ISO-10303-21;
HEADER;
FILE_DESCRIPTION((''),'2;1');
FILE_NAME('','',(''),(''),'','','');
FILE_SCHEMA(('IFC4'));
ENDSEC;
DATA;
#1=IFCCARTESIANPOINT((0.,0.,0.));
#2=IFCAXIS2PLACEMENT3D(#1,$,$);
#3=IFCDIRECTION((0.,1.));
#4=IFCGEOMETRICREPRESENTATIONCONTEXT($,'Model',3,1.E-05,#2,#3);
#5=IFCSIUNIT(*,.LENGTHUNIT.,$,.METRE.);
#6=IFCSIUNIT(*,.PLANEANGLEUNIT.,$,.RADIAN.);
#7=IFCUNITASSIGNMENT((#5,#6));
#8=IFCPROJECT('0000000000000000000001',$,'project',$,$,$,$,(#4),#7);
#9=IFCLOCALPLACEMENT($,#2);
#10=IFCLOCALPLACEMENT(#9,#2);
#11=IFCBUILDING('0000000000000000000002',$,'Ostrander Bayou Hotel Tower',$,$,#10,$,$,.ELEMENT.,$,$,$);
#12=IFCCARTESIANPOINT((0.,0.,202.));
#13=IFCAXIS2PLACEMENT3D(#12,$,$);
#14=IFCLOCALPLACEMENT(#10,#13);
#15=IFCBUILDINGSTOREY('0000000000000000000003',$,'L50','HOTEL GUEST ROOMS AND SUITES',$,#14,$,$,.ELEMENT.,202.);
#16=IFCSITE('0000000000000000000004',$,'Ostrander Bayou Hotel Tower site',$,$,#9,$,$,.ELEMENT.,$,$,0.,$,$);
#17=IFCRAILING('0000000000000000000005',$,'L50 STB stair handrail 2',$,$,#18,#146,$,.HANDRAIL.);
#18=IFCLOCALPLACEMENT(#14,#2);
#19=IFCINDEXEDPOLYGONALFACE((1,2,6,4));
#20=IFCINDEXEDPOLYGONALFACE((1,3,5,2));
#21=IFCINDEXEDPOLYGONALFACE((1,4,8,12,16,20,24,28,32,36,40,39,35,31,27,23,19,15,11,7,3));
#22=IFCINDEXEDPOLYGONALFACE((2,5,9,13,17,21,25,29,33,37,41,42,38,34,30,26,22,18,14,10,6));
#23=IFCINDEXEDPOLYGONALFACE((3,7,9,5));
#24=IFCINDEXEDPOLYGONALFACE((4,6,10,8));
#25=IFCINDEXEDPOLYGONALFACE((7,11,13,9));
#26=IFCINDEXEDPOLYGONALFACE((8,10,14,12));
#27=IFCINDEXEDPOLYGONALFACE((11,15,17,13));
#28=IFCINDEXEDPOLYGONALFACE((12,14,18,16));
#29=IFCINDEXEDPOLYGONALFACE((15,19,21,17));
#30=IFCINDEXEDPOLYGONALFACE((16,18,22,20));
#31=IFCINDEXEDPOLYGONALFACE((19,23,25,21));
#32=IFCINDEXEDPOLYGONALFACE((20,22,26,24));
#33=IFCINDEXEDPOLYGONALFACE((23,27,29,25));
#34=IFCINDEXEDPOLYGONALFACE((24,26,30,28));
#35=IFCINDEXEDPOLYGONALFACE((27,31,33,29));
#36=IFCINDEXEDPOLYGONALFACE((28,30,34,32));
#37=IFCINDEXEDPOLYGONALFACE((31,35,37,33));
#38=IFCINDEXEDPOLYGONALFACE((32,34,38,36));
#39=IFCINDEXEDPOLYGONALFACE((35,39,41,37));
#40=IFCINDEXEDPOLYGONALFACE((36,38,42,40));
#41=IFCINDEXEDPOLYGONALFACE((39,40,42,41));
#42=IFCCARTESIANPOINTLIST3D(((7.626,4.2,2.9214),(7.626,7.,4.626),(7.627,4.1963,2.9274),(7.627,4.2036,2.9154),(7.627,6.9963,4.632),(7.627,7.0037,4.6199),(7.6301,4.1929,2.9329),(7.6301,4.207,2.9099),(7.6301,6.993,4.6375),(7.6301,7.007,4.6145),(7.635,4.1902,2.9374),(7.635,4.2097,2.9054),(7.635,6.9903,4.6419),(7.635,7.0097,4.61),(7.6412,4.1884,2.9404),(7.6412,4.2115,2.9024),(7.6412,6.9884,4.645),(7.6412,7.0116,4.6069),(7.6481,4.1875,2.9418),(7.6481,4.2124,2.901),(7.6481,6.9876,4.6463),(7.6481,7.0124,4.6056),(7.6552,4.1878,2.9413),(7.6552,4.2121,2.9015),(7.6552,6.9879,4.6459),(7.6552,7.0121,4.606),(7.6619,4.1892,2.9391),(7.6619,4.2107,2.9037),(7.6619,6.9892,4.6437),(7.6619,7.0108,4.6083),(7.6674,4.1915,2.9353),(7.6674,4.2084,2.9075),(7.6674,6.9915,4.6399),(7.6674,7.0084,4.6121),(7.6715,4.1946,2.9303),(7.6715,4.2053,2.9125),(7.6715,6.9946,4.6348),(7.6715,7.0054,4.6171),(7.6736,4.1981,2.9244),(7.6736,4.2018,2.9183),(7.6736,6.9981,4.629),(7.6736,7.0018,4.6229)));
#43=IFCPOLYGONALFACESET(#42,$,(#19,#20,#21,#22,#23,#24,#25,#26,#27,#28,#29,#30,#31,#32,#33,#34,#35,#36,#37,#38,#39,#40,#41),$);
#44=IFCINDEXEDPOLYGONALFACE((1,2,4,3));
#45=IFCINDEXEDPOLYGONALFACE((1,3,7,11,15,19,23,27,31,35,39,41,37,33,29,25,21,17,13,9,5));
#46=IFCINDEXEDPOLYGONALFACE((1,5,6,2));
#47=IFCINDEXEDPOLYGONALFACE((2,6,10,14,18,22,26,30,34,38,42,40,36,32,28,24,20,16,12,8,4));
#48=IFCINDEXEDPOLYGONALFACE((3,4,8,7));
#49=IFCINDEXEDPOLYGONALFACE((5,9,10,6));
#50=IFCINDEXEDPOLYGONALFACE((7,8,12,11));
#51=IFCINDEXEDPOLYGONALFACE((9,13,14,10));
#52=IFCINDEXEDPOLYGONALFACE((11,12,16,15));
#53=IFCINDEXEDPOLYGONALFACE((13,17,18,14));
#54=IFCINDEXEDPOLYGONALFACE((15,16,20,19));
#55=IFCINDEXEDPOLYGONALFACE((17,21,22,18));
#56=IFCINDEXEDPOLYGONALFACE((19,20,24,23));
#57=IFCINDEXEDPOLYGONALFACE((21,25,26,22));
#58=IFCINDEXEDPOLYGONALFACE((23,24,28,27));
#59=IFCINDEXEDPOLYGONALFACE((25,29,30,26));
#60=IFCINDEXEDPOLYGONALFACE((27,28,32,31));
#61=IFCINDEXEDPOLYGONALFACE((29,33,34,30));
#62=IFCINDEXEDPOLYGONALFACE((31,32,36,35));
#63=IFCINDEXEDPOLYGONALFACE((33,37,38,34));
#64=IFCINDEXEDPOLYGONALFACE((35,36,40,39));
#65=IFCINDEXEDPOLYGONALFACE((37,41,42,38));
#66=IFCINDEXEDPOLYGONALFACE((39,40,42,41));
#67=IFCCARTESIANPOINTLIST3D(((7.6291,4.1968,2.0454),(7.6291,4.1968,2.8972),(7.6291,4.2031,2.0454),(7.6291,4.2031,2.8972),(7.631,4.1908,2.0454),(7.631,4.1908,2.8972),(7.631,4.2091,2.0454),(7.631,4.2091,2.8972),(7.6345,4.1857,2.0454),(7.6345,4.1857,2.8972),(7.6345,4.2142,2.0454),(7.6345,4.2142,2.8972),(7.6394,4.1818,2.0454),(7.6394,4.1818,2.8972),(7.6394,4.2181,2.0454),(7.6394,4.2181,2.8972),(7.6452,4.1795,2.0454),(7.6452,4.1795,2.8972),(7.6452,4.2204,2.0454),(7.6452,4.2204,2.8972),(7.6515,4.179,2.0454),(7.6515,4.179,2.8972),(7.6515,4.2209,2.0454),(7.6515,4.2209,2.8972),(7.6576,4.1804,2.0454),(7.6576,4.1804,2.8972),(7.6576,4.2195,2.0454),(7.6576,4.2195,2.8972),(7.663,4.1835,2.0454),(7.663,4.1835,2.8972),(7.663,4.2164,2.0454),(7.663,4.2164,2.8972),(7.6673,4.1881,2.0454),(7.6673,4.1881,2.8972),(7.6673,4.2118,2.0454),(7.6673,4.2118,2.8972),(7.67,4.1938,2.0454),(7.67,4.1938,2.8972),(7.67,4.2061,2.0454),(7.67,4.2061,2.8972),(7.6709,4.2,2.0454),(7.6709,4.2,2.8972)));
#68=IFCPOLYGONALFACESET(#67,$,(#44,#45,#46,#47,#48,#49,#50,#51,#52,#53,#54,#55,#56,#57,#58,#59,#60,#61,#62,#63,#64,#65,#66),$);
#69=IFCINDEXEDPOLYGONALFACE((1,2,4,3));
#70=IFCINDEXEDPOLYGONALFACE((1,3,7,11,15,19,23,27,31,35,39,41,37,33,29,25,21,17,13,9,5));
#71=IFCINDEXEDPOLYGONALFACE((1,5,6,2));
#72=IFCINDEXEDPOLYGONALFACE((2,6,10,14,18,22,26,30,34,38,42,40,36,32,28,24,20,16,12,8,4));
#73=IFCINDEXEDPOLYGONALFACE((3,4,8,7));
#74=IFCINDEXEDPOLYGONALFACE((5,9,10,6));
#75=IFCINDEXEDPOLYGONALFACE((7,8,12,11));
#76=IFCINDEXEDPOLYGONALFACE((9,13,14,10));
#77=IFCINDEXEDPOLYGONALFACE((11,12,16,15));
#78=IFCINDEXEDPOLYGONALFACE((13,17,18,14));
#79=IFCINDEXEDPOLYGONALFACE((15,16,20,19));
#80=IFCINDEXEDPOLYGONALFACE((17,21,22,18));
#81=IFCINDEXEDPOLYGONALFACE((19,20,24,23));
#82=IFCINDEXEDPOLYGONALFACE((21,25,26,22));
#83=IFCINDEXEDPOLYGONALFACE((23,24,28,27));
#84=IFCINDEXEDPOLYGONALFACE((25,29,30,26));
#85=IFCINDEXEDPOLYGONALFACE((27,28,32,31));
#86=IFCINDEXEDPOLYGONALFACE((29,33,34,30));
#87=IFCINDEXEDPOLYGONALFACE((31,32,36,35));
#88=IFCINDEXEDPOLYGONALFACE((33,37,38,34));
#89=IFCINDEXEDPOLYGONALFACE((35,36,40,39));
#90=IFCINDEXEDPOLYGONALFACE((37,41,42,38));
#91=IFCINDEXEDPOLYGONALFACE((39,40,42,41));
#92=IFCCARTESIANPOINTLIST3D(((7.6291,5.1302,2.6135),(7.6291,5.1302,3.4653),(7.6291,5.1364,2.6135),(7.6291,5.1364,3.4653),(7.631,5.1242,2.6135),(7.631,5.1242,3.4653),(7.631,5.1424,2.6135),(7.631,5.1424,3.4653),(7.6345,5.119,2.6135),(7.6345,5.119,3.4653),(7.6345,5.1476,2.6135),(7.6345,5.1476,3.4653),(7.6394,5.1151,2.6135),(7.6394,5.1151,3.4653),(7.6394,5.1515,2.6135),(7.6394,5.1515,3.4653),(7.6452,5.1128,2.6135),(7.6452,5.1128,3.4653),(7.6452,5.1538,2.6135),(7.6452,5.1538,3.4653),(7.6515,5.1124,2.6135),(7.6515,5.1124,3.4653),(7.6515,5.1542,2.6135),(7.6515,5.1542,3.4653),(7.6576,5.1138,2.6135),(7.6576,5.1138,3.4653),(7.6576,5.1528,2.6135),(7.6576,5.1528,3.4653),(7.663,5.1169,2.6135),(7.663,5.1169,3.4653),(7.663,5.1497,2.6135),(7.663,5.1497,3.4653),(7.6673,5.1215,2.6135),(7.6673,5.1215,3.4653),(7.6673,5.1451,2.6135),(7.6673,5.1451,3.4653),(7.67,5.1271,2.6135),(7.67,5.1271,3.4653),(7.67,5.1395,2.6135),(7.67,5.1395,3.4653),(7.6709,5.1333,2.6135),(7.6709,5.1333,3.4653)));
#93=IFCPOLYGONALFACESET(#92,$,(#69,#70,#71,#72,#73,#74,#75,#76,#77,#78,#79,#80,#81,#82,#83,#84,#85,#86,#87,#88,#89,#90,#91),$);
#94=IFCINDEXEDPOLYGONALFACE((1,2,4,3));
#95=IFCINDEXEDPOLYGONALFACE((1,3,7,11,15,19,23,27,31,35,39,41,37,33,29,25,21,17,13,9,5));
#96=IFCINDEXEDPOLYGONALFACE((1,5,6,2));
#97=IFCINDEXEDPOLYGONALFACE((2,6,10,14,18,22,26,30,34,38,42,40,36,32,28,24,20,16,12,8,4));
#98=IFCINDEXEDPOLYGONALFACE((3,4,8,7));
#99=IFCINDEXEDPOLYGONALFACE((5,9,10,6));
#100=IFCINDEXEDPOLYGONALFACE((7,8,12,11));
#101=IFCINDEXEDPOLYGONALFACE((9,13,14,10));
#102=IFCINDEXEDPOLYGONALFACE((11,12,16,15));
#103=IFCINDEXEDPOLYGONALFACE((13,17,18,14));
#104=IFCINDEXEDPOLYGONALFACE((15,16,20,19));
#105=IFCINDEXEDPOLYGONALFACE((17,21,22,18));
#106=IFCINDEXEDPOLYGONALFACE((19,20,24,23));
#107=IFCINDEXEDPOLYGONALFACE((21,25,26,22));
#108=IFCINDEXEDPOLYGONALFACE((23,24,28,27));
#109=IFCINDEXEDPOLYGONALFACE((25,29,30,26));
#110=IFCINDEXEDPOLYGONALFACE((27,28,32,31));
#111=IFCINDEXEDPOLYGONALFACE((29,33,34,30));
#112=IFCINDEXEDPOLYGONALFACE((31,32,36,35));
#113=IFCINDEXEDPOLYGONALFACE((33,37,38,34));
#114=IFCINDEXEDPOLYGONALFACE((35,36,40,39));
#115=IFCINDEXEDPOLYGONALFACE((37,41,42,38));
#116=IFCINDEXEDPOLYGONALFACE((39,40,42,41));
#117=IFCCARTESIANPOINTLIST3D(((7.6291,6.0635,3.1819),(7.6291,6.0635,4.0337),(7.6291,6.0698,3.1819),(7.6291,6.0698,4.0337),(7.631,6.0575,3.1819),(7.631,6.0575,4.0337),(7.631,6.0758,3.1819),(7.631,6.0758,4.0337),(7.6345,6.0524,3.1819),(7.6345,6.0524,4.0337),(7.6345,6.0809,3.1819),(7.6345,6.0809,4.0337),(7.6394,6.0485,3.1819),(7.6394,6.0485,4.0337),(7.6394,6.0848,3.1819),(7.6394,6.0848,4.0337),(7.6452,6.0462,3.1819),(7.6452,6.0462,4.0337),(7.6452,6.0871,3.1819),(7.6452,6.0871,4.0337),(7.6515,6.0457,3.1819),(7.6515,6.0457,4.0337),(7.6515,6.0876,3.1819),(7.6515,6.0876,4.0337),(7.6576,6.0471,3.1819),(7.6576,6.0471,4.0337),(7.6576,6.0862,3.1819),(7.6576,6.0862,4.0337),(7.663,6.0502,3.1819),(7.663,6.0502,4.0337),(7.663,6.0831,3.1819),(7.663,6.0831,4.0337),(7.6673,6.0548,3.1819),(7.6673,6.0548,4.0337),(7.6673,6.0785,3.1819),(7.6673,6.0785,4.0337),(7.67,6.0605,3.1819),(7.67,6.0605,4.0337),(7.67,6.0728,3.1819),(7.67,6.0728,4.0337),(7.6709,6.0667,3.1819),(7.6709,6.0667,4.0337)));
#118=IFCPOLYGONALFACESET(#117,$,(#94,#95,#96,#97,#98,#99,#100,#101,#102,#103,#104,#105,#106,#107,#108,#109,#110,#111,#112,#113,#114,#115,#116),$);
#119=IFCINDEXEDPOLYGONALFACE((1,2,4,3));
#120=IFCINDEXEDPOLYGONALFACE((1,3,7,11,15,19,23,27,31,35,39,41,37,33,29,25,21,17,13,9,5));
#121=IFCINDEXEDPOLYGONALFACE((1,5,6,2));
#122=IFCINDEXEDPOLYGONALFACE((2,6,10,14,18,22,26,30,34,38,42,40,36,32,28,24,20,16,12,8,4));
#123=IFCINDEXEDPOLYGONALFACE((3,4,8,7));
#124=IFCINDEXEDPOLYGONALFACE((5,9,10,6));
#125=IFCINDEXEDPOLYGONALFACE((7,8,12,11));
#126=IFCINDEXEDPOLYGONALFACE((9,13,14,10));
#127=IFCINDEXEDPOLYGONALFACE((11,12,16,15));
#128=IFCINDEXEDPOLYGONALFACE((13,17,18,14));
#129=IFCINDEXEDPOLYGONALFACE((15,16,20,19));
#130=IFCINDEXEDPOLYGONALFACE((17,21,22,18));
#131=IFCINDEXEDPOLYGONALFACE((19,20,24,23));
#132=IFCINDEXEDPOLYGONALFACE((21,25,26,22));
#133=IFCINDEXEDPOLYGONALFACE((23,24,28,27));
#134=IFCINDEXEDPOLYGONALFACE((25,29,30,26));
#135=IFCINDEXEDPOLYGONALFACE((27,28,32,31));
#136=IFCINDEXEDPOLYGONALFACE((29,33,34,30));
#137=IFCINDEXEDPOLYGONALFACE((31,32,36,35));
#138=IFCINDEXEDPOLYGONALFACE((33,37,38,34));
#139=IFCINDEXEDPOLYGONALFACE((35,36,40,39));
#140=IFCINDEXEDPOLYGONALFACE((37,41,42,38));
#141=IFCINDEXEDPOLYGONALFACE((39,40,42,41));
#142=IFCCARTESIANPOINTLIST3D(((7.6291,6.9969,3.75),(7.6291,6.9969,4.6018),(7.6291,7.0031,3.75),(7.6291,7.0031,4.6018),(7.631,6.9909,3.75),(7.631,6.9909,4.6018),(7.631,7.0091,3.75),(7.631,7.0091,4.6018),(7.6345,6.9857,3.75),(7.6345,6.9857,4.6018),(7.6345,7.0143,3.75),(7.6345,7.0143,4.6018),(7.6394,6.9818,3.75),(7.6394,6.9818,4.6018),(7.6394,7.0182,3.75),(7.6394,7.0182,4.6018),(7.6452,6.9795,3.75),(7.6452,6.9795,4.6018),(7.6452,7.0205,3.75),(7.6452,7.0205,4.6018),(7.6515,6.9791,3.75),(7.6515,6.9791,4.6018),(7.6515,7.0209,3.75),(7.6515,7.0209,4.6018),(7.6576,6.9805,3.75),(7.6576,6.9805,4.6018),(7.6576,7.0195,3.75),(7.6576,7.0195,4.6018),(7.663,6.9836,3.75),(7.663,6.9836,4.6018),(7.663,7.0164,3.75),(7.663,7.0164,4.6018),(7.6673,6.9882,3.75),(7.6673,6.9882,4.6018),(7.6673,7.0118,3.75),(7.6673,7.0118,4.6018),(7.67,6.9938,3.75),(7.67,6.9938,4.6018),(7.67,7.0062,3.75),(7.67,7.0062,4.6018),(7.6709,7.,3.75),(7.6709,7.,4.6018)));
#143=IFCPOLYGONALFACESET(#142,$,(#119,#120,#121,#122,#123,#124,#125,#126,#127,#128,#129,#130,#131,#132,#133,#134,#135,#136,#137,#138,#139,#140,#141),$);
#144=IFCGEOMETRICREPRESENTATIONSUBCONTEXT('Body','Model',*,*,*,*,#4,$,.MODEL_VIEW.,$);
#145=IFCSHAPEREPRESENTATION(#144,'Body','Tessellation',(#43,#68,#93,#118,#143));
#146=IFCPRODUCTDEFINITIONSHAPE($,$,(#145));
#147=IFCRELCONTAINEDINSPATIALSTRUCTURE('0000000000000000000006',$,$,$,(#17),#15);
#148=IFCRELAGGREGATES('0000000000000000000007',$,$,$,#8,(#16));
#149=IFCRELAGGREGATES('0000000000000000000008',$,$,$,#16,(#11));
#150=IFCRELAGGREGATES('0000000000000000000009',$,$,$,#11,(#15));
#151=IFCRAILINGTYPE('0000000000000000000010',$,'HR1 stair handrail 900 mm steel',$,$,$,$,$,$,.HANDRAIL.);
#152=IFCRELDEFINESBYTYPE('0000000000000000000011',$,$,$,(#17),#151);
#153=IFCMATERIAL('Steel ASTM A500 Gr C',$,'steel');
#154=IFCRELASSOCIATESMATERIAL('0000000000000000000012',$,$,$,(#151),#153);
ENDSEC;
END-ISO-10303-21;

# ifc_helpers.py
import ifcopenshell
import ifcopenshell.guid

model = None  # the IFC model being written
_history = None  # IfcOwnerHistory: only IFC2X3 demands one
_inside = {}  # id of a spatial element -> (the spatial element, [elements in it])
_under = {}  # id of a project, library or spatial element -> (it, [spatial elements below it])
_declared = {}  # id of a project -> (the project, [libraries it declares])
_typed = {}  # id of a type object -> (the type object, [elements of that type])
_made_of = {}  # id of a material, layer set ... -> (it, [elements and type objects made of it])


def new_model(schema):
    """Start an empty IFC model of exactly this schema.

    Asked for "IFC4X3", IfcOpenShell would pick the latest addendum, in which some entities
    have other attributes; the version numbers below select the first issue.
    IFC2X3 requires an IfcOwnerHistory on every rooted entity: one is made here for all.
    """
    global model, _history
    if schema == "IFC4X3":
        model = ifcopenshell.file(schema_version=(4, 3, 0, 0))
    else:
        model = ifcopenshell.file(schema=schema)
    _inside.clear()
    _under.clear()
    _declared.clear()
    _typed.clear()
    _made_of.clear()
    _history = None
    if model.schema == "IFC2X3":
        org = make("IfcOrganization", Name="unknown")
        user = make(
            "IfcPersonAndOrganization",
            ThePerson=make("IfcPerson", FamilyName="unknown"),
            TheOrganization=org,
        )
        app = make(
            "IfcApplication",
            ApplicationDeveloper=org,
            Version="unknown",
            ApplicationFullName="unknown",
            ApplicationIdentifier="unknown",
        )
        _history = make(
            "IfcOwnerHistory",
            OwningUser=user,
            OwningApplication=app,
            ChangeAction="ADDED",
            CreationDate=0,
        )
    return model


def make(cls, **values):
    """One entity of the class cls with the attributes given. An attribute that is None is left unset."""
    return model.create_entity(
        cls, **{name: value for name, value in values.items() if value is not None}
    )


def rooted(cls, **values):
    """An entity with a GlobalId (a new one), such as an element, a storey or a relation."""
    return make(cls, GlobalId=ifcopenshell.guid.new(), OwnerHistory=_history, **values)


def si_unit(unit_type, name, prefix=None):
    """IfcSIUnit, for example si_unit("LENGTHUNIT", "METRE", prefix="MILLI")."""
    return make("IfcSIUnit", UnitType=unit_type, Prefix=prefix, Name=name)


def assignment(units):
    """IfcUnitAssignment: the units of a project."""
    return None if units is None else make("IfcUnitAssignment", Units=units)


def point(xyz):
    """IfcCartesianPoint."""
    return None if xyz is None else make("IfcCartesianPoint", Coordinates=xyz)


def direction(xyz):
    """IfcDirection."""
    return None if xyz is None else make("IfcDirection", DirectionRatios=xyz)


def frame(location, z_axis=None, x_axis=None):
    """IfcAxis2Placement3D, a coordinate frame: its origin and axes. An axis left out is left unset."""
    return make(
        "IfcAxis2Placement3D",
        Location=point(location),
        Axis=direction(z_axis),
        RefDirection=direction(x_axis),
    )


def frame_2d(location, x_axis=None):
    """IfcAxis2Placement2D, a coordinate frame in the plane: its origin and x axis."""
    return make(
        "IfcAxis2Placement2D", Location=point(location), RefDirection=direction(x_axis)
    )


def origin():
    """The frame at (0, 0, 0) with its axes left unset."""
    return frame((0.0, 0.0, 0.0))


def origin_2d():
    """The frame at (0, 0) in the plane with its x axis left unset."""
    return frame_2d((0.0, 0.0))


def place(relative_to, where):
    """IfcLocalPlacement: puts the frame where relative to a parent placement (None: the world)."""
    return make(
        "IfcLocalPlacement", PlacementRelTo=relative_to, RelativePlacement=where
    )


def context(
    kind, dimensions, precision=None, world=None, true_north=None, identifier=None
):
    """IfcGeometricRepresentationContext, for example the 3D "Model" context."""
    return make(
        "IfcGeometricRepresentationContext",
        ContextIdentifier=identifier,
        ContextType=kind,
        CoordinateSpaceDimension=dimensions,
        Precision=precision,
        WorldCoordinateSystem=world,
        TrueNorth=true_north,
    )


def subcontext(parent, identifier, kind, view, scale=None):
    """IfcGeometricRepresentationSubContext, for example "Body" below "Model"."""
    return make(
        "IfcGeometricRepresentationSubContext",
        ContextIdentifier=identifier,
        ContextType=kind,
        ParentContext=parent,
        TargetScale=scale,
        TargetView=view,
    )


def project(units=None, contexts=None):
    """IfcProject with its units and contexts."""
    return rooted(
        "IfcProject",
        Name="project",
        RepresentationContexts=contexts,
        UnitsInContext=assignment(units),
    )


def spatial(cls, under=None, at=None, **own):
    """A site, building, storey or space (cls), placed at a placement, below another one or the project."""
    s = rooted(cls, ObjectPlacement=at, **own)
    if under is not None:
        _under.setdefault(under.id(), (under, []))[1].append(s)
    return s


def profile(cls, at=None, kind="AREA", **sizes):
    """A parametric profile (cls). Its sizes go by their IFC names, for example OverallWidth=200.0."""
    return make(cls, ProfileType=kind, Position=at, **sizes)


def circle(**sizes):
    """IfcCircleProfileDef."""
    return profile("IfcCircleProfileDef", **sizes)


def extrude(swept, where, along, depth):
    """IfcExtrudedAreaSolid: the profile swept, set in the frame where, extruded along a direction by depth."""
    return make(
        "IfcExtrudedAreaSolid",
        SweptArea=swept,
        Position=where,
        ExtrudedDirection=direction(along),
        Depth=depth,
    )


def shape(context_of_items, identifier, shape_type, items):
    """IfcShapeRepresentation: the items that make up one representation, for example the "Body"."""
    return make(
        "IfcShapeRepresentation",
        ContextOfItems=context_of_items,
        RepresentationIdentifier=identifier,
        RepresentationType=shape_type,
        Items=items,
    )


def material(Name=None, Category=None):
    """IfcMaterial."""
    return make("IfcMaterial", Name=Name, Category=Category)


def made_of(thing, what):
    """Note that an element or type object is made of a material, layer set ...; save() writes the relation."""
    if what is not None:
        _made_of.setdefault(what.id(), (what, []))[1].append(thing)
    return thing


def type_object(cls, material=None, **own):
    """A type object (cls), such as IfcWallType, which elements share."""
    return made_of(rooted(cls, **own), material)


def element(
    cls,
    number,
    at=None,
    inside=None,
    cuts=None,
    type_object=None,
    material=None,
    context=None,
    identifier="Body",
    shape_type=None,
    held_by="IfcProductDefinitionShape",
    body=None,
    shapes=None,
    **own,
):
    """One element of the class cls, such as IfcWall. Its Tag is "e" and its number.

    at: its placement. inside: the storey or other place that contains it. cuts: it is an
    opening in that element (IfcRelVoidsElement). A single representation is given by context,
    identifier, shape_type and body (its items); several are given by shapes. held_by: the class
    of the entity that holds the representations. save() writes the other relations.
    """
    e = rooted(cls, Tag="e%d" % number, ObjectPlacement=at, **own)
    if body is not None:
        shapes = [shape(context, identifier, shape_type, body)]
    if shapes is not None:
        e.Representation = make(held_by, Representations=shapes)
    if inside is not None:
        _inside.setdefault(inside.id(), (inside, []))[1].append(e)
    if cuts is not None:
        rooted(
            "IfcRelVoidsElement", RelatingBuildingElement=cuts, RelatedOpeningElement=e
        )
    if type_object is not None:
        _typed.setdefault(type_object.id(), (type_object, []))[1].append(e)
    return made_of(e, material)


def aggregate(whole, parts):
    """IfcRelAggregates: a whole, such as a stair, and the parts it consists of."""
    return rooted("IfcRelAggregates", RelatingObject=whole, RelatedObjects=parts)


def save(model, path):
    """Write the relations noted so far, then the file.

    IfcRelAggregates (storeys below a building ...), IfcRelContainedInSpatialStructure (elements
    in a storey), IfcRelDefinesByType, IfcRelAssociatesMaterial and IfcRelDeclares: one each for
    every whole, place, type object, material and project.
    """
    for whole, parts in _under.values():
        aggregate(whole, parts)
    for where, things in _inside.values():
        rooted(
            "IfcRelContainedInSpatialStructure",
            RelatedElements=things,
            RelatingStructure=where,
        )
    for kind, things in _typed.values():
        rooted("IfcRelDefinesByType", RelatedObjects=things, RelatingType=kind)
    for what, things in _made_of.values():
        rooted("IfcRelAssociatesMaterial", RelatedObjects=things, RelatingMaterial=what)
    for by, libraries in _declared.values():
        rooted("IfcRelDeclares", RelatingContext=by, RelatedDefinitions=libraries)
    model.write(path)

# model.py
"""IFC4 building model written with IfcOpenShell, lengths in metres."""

from ifc_helpers import new_model, si_unit, direction, frame, origin, origin_2d, place, context, subcontext, project, spatial, circle, extrude, material, type_object, element, save


model = new_model("IFC4")

# Units and contexts
model_context = context("Model", 3, precision=1e-05, world=origin(), true_north=direction((0.0, 1.0)))
body_context = subcontext(model_context, "Body", "Model", "MODEL_VIEW")
ifc_project = project(units=[si_unit("LENGTHUNIT", "METRE"), si_unit("PLANEANGLEUNIT", "RADIAN")], contexts=[model_context])

# Site, building, storey
site_placement = place(None, origin())
site = spatial("IfcSite", under=ifc_project, at=site_placement, Name="Ostrander Bayou Hotel Tower site", CompositionType="ELEMENT", RefElevation=0.0)
building_placement = place(site_placement, origin())
building = spatial("IfcBuilding", under=site, at=building_placement, Name="Ostrander Bayou Hotel Tower", CompositionType="ELEMENT")
storey_placement = place(building_placement, frame((0.0, 0.0, 202.0)))
storey = spatial("IfcBuildingStorey", under=building, at=storey_placement, Name="L50", Description="HOTEL GUEST ROOMS AND SUITES", CompositionType="ELEMENT", Elevation=202.0)

# Railing
ifc_material_1 = material(Name="Steel ASTM A500 Gr C", Category="steel")
railing_type_1 = type_object("IfcRailingType", Name="HR1 stair handrail 900 mm steel", PredefinedType="HANDRAIL", material=ifc_material_1)
railing_1_placement = place(storey_placement, frame((7.6499, 4.2, 2.0454)))
element("IfcRailing", 1, at=railing_1_placement, inside=storey, type_object=railing_type_1, Name="L50 STB stair handrail 2", PredefinedType="HANDRAIL", context=body_context, shape_type="SweptSolid", body=[
    extrude(circle(Radius=0.0239, at=origin_2d()), frame((0.0, 0.0, 0.876), z_axis=(0.0, 0.85417, 0.519994), x_axis=(-1.0, 0.0, 0.0)), (0.0, 0.0, 1.0), 3.2781),
    extrude(circle(Radius=0.021, at=origin_2d()), origin(), (0.0, 0.0, 1.0), 0.8518),
    extrude(circle(Radius=0.021, at=origin_2d()), frame((0.0, 0.9333, 0.5681)), (0.0, 0.0, 1.0), 0.8518),
    extrude(circle(Radius=0.021, at=origin_2d()), frame((0.0, 1.8667, 1.1365)), (0.0, 0.0, 1.0), 0.8518),
    extrude(circle(Radius=0.021, at=origin_2d()), frame((0.0, 2.8, 1.7046)), (0.0, 0.0, 1.0), 0.8518),
])

save(model, "model.ifc")
